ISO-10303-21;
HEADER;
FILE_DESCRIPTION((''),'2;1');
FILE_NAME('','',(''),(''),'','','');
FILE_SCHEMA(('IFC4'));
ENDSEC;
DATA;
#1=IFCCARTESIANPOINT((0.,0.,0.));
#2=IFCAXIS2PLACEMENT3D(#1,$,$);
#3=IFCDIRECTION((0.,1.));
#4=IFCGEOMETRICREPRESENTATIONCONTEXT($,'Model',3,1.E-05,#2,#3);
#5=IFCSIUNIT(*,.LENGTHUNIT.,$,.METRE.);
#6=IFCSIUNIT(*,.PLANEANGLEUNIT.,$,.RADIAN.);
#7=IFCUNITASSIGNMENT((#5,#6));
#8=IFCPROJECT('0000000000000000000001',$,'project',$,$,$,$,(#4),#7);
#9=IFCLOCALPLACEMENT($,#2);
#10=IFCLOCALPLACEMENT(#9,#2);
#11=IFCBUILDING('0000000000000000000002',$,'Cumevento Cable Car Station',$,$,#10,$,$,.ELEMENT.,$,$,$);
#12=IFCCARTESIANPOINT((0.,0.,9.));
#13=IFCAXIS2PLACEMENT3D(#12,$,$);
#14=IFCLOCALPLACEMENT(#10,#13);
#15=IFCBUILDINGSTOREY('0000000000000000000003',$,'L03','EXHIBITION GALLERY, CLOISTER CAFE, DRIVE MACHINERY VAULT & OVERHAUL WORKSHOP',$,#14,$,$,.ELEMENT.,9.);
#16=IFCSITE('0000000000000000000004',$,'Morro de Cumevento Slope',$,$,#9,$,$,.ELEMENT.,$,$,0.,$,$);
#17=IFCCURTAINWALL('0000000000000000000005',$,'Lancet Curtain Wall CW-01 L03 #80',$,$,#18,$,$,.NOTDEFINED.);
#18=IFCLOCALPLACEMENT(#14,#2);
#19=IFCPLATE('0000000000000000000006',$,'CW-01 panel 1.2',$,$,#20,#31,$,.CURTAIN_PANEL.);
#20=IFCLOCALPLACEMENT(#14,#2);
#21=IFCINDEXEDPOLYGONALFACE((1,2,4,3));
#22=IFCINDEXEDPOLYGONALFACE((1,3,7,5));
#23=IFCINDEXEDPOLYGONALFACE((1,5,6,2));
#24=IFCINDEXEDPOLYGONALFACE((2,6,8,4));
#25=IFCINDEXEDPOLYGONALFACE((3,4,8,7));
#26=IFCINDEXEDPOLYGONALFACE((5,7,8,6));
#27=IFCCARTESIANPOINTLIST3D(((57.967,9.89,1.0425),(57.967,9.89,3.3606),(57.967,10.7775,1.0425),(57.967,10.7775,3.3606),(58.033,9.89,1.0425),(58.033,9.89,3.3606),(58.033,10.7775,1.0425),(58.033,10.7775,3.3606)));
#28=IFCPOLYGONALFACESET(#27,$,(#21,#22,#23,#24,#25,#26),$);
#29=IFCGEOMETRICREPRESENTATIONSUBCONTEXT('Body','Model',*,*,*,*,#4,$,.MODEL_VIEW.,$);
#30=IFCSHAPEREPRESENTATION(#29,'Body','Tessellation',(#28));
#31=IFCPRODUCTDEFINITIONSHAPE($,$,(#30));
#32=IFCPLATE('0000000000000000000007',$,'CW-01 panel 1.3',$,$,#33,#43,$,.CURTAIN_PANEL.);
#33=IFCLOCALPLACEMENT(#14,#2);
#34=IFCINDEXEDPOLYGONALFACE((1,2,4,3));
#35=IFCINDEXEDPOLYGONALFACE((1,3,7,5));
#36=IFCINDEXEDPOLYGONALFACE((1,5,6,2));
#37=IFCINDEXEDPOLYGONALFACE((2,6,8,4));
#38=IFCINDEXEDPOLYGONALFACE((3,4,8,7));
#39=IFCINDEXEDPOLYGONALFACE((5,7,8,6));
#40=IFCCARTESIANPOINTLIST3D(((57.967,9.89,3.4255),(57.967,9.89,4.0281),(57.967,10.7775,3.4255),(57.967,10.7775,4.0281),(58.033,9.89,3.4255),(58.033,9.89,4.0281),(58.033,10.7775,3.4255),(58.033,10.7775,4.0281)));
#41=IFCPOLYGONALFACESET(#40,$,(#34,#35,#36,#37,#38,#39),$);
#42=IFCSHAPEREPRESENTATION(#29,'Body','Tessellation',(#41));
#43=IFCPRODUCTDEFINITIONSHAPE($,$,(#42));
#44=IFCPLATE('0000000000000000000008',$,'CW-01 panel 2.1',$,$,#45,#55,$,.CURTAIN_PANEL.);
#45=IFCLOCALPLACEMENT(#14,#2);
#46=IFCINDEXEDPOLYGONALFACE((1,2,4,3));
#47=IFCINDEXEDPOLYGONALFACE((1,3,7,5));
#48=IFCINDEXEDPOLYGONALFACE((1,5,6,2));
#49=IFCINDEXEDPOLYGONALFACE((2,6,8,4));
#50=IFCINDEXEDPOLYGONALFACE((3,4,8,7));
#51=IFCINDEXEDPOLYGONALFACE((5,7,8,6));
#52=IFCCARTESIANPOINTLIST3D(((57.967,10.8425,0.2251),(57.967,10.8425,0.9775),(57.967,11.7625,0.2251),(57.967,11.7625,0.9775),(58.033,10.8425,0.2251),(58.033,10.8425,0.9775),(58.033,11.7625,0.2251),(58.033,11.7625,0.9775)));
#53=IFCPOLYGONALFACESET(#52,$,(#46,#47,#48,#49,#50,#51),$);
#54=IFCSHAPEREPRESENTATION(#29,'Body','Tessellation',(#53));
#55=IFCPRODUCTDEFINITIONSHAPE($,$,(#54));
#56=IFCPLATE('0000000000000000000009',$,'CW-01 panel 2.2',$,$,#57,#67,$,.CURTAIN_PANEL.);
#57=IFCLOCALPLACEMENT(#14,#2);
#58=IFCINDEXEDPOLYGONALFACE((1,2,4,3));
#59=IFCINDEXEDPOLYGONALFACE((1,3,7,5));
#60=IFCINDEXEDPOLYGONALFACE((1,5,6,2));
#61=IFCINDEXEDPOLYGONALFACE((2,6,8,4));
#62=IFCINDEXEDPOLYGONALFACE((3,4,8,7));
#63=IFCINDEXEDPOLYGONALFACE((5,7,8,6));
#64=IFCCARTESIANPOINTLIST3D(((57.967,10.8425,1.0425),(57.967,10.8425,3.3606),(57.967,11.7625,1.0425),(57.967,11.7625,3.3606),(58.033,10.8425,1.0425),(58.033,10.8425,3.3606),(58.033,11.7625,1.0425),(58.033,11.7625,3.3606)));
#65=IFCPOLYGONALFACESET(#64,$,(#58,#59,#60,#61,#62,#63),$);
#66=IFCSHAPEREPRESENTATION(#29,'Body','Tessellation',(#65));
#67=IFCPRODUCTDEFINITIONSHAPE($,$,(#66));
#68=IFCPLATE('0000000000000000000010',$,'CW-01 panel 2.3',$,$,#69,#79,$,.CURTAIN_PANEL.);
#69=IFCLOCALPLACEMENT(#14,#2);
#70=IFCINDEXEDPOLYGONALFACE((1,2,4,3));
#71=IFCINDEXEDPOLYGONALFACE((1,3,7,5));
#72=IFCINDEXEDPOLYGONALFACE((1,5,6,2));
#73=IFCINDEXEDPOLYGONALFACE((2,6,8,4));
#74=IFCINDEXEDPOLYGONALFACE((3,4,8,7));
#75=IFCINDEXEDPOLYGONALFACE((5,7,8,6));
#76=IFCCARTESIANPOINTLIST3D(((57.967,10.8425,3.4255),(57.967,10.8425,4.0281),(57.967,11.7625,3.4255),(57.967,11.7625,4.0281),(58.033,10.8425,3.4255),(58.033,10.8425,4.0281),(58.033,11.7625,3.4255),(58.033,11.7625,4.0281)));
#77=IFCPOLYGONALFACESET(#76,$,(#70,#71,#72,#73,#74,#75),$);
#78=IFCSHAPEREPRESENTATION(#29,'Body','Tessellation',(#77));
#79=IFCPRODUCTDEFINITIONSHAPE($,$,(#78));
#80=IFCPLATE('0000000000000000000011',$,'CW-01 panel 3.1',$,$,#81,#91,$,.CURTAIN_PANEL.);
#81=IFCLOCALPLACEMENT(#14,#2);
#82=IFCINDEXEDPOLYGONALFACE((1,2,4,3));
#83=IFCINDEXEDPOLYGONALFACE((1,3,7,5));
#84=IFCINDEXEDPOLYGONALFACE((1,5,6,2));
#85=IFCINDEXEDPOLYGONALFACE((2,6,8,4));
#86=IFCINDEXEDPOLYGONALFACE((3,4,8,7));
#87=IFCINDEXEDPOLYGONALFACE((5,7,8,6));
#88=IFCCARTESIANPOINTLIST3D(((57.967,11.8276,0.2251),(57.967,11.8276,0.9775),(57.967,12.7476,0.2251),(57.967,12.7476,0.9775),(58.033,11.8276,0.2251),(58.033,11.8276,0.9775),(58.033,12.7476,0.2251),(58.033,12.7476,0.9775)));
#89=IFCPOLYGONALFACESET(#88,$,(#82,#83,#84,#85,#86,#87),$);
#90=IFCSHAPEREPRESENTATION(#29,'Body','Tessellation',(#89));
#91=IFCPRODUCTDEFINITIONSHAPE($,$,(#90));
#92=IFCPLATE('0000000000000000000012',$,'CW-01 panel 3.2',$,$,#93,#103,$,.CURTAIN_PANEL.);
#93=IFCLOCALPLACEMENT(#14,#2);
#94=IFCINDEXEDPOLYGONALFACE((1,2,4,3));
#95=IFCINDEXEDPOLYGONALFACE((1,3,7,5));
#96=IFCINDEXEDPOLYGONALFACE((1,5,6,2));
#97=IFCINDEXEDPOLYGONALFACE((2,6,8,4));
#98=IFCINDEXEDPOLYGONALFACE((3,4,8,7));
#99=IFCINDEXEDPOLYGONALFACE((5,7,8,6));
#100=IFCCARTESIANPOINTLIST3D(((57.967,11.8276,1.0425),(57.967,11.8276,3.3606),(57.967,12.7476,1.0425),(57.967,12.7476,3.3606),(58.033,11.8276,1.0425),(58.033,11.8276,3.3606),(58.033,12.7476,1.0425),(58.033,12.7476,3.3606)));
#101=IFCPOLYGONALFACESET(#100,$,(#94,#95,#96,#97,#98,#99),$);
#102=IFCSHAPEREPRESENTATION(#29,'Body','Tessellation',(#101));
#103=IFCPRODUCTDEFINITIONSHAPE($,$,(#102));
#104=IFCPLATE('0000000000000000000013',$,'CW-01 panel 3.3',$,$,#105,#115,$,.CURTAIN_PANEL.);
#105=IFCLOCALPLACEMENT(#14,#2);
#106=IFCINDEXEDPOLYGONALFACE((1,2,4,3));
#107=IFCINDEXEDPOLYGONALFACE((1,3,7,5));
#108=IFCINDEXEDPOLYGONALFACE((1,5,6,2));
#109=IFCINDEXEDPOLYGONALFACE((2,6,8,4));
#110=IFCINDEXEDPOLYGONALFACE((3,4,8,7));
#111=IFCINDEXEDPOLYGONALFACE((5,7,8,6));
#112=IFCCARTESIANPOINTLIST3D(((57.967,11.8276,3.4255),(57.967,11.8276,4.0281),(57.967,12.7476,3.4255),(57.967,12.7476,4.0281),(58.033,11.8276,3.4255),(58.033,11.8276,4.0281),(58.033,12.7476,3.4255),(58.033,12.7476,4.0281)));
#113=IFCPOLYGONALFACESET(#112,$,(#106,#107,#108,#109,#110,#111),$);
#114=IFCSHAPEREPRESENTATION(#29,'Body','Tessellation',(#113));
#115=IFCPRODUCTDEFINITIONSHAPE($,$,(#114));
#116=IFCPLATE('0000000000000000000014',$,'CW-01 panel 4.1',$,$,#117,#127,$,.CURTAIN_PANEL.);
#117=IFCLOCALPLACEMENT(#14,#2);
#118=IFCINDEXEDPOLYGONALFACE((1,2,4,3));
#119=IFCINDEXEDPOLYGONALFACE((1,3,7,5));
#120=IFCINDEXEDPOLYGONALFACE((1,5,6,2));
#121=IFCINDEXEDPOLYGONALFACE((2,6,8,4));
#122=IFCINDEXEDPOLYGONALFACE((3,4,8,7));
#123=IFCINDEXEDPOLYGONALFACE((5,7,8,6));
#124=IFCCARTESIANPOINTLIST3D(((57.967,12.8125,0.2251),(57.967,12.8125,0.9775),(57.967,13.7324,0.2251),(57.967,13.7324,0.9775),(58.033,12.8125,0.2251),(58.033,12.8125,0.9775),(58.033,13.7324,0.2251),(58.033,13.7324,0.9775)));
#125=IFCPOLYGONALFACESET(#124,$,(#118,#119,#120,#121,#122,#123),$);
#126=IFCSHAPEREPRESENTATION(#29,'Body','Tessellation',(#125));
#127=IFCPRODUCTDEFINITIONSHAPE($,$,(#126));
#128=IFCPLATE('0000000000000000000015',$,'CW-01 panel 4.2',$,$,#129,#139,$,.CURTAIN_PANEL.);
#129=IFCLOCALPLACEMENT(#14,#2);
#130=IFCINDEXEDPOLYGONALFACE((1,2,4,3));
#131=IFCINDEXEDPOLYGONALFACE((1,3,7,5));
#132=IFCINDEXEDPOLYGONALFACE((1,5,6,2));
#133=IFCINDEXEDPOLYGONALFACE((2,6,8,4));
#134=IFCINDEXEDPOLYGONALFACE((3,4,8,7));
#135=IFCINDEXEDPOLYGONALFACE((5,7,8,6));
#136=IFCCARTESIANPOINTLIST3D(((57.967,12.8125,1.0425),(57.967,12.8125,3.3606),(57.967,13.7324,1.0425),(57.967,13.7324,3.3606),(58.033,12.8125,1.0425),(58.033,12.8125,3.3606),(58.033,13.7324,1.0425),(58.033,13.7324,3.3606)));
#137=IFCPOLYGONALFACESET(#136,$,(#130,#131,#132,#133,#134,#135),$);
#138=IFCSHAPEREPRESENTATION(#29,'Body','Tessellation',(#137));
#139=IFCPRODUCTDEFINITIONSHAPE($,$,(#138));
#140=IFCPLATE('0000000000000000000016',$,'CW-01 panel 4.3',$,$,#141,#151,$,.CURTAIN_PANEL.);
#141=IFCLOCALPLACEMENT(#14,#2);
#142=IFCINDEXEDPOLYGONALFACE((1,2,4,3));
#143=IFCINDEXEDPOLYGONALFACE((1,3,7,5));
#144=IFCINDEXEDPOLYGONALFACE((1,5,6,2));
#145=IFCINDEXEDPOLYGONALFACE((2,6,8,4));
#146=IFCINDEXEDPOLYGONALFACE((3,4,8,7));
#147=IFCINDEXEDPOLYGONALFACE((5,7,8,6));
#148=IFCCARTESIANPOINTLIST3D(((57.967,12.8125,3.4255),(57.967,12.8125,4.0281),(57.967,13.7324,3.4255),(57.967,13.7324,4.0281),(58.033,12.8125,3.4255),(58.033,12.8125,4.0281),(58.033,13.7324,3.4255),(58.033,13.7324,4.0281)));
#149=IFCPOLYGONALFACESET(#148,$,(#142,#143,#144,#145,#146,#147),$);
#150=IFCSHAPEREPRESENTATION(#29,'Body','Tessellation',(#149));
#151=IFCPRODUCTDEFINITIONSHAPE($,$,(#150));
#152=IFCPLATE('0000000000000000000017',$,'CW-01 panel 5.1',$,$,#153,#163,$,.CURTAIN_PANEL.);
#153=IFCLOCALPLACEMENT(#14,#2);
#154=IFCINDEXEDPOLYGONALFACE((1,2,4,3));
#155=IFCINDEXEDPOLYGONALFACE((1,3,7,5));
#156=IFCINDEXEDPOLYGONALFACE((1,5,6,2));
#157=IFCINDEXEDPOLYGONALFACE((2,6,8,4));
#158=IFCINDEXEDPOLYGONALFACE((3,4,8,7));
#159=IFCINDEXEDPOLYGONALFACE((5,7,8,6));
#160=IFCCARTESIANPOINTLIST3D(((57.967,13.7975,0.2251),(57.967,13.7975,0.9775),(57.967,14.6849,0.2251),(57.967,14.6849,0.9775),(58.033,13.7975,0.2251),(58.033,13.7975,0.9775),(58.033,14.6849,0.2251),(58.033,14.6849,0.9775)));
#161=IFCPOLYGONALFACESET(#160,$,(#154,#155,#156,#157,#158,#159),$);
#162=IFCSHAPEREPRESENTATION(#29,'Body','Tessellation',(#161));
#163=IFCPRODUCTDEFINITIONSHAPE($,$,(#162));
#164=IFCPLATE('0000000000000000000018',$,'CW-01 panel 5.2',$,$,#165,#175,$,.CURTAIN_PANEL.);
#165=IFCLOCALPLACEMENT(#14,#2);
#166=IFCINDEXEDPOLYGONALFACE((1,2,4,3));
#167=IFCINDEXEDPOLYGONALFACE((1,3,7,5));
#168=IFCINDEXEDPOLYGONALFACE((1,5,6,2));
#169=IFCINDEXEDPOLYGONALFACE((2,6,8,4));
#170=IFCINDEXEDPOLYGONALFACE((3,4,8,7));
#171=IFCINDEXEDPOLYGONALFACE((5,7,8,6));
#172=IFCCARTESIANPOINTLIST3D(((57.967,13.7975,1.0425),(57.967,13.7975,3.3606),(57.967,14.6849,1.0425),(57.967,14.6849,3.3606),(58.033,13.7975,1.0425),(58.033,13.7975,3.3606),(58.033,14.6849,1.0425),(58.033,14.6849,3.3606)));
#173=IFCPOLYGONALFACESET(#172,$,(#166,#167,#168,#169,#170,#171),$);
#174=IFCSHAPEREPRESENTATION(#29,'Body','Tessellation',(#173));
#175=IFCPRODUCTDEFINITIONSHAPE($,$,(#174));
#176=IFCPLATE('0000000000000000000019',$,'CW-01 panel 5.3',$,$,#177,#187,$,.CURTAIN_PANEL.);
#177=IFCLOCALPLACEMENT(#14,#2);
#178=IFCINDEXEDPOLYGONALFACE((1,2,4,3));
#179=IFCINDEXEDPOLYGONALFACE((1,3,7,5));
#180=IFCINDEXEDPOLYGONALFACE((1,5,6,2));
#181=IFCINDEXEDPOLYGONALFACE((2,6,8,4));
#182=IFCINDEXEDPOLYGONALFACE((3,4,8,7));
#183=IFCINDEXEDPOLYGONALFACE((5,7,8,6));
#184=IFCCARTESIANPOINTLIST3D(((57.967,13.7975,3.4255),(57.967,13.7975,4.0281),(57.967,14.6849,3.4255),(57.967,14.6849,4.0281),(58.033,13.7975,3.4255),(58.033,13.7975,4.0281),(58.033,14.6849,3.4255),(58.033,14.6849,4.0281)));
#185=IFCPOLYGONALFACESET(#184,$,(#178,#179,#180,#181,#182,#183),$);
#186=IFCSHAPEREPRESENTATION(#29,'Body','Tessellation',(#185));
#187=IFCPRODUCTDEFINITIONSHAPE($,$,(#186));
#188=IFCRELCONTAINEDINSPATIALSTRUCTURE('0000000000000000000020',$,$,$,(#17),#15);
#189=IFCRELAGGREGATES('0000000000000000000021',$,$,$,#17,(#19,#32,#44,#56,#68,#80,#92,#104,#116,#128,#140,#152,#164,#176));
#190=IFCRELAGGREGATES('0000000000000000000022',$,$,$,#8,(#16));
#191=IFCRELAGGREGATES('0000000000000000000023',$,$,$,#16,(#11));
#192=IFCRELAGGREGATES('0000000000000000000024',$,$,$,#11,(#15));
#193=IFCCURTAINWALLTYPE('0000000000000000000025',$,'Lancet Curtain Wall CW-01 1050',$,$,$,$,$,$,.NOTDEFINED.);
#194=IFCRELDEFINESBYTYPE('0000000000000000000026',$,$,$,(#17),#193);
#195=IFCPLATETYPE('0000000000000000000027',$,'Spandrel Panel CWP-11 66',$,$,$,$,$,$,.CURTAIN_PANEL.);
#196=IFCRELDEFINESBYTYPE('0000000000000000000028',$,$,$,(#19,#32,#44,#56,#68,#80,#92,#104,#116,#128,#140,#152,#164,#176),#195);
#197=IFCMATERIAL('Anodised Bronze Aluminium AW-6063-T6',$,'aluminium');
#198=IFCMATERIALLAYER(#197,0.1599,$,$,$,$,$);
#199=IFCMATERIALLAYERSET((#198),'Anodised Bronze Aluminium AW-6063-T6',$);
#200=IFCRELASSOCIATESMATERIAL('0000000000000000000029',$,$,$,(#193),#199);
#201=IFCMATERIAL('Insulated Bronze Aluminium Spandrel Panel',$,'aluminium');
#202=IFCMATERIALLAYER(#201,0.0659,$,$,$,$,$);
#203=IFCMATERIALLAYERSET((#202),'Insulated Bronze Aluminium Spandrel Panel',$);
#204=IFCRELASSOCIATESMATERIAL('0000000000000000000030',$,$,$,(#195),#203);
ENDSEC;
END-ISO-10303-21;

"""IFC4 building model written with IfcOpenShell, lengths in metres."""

from ifc_helpers import new_model, si_unit, direction, frame, origin, origin_2d, place, context, subcontext, project, spatial, rectangle, extrude, material, layer, layer_set, type_object, element, aggregate, save


model = new_model("IFC4")

# Units and contexts
model_context = context("Model", 3, precision=1e-05, world=origin(), true_north=direction((0.0, 1.0)))
body_context = subcontext(model_context, "Body", "Model", "MODEL_VIEW")
ifc_project = project(units=[si_unit("LENGTHUNIT", "METRE"), si_unit("PLANEANGLEUNIT", "RADIAN")], contexts=[model_context])

# Site, building, storey
site_placement = place(None, origin())
site = spatial("IfcSite", under=ifc_project, at=site_placement, Name="Morro de Cumevento Slope", CompositionType="ELEMENT", RefElevation=0.0)
building_placement = place(site_placement, origin())
building = spatial("IfcBuilding", under=site, at=building_placement, Name="Cumevento Cable Car Station", CompositionType="ELEMENT")
storey_placement = place(building_placement, frame((0.0, 0.0, 9.0)))
storey = spatial("IfcBuildingStorey", under=building, at=storey_placement, Name="L03", Description="EXHIBITION GALLERY, CLOISTER CAFE, DRIVE MACHINERY VAULT & OVERHAUL WORKSHOP", CompositionType="ELEMENT", Elevation=9.0)

# Curtain wall, plates
ifc_material_1 = material(Name="Anodised Bronze Aluminium AW-6063-T6", Category="aluminium")
ifc_layer_1 = layer(ifc_material_1, 0.1599)
ifc_layer_set_1 = layer_set([ifc_layer_1], Name="Anodised Bronze Aluminium AW-6063-T6")
curtain_wall_type = type_object("IfcCurtainWallType", Name="Lancet Curtain Wall CW-01 1050", PredefinedType="NOTDEFINED", material=ifc_layer_set_1)
curtain_wall_placement = place(storey_placement, origin())
curtain_wall = element("IfcCurtainWall", 1, at=curtain_wall_placement, inside=storey, type_object=curtain_wall_type, Name="Lancet Curtain Wall CW-01 L03 #80", PredefinedType="NOTDEFINED")
ifc_material_2 = material(Name="Insulated Bronze Aluminium Spandrel Panel", Category="aluminium")
ifc_layer_2 = layer(ifc_material_2, 0.0659)
ifc_layer_set_2 = layer_set([ifc_layer_2], Name="Insulated Bronze Aluminium Spandrel Panel")
plate_type = type_object("IfcPlateType", Name="Spandrel Panel CWP-11 66", PredefinedType="CURTAIN_PANEL", material=ifc_layer_set_2)
plate_1_placement = place(storey_placement, frame((58.0, 10.3337, 1.0425), z_axis=(0.0, 0.0, 1.0), x_axis=(0.0, 1.0, 0.0)))
plate_1 = element("IfcPlate", 2, at=plate_1_placement, type_object=plate_type, Name="CW-01 panel 1.2", PredefinedType="CURTAIN_PANEL", context=body_context, shape_type="SweptSolid", body=[
    extrude(rectangle(XDim=0.8875, YDim=0.0659, at=origin_2d()), origin(), (0.0, 0.0, 1.0), 2.3181),
])
plate_2_placement = place(storey_placement, frame((58.0, 10.3337, 3.4255), z_axis=(0.0, 0.0, 1.0), x_axis=(0.0, 1.0, 0.0)))
plate_2 = element("IfcPlate", 3, at=plate_2_placement, type_object=plate_type, Name="CW-01 panel 1.3", PredefinedType="CURTAIN_PANEL", context=body_context, shape_type="SweptSolid", body=[
    extrude(rectangle(XDim=0.8875, YDim=0.0659, at=origin_2d()), origin(), (0.0, 0.0, 1.0), 0.6025),
])
plate_3_placement = place(storey_placement, frame((58.0, 11.3025, 0.2251), z_axis=(0.0, 0.0, 1.0), x_axis=(0.0, 1.0, 0.0)))
plate_3 = element("IfcPlate", 4, at=plate_3_placement, type_object=plate_type, Name="CW-01 panel 2.1", PredefinedType="CURTAIN_PANEL", context=body_context, shape_type="SweptSolid", body=[
    extrude(rectangle(XDim=0.9199, YDim=0.0659, at=origin_2d()), origin(), (0.0, 0.0, 1.0), 0.7524),
])
plate_4_placement = place(storey_placement, frame((58.0, 11.3025, 1.0425), z_axis=(0.0, 0.0, 1.0), x_axis=(0.0, 1.0, 0.0)))
plate_4 = element("IfcPlate", 5, at=plate_4_placement, type_object=plate_type, Name="CW-01 panel 2.2", PredefinedType="CURTAIN_PANEL", context=body_context, shape_type="SweptSolid", body=[
    extrude(rectangle(XDim=0.9199, YDim=0.0659, at=origin_2d()), origin(), (0.0, 0.0, 1.0), 2.3181),
])
plate_5_placement = place(storey_placement, frame((58.0, 11.3025, 3.4255), z_axis=(0.0, 0.0, 1.0), x_axis=(0.0, 1.0, 0.0)))
plate_5 = element("IfcPlate", 6, at=plate_5_placement, type_object=plate_type, Name="CW-01 panel 2.3", PredefinedType="CURTAIN_PANEL", context=body_context, shape_type="SweptSolid", body=[
    extrude(rectangle(XDim=0.9199, YDim=0.0659, at=origin_2d()), origin(), (0.0, 0.0, 1.0), 0.6025),
])
plate_6_placement = place(storey_placement, frame((58.0, 12.2876, 0.2251), z_axis=(0.0, 0.0, 1.0), x_axis=(0.0, 1.0, 0.0)))
plate_6 = element("IfcPlate", 7, at=plate_6_placement, type_object=plate_type, Name="CW-01 panel 3.1", PredefinedType="CURTAIN_PANEL", context=body_context, shape_type="SweptSolid", body=[
    extrude(rectangle(XDim=0.9199, YDim=0.0659, at=origin_2d()), origin(), (0.0, 0.0, 1.0), 0.7524),
])
plate_7_placement = place(storey_placement, frame((58.0, 12.2876, 1.0425), z_axis=(0.0, 0.0, 1.0), x_axis=(0.0, 1.0, 0.0)))
plate_7 = element("IfcPlate", 8, at=plate_7_placement, type_object=plate_type, Name="CW-01 panel 3.2", PredefinedType="CURTAIN_PANEL", context=body_context, shape_type="SweptSolid", body=[
    extrude(rectangle(XDim=0.9199, YDim=0.0659, at=origin_2d()), origin(), (0.0, 0.0, 1.0), 2.3181),
])
plate_8_placement = place(storey_placement, frame((58.0, 12.2876, 3.4255), z_axis=(0.0, 0.0, 1.0), x_axis=(0.0, 1.0, 0.0)))
plate_8 = element("IfcPlate", 9, at=plate_8_placement, type_object=plate_type, Name="CW-01 panel 3.3", PredefinedType="CURTAIN_PANEL", context=body_context, shape_type="SweptSolid", body=[
    extrude(rectangle(XDim=0.9199, YDim=0.0659, at=origin_2d()), origin(), (0.0, 0.0, 1.0), 0.6025),
])
plate_9_placement = place(storey_placement, frame((58.0, 13.2725, 0.2251), z_axis=(0.0, 0.0, 1.0), x_axis=(0.0, 1.0, 0.0)))
plate_9 = element("IfcPlate", 10, at=plate_9_placement, type_object=plate_type, Name="CW-01 panel 4.1", PredefinedType="CURTAIN_PANEL", context=body_context, shape_type="SweptSolid", body=[
    extrude(rectangle(XDim=0.9199, YDim=0.0659, at=origin_2d()), origin(), (0.0, 0.0, 1.0), 0.7524),
])
plate_10_placement = place(storey_placement, frame((58.0, 13.2725, 1.0425), z_axis=(0.0, 0.0, 1.0), x_axis=(0.0, 1.0, 0.0)))
plate_10 = element("IfcPlate", 11, at=plate_10_placement, type_object=plate_type, Name="CW-01 panel 4.2", PredefinedType="CURTAIN_PANEL", context=body_context, shape_type="SweptSolid", body=[
    extrude(rectangle(XDim=0.9199, YDim=0.0659, at=origin_2d()), origin(), (0.0, 0.0, 1.0), 2.3181),
])
plate_11_placement = place(storey_placement, frame((58.0, 13.2725, 3.4255), z_axis=(0.0, 0.0, 1.0), x_axis=(0.0, 1.0, 0.0)))
plate_11 = element("IfcPlate", 12, at=plate_11_placement, type_object=plate_type, Name="CW-01 panel 4.3", PredefinedType="CURTAIN_PANEL", context=body_context, shape_type="SweptSolid", body=[
    extrude(rectangle(XDim=0.9199, YDim=0.0659, at=origin_2d()), origin(), (0.0, 0.0, 1.0), 0.6025),
])
plate_12_placement = place(storey_placement, frame((58.0, 14.2412, 0.2251), z_axis=(0.0, 0.0, 1.0), x_axis=(0.0, 1.0, 0.0)))
plate_12 = element("IfcPlate", 13, at=plate_12_placement, type_object=plate_type, Name="CW-01 panel 5.1", PredefinedType="CURTAIN_PANEL", context=body_context, shape_type="SweptSolid", body=[
    extrude(rectangle(XDim=0.8875, YDim=0.0659, at=origin_2d()), origin(), (0.0, 0.0, 1.0), 0.7524),
])
plate_13_placement = place(storey_placement, frame((58.0, 14.2412, 1.0425), z_axis=(0.0, 0.0, 1.0), x_axis=(0.0, 1.0, 0.0)))
plate_13 = element("IfcPlate", 14, at=plate_13_placement, type_object=plate_type, Name="CW-01 panel 5.2", PredefinedType="CURTAIN_PANEL", context=body_context, shape_type="SweptSolid", body=[
    extrude(rectangle(XDim=0.8875, YDim=0.0659, at=origin_2d()), origin(), (0.0, 0.0, 1.0), 2.3181),
])
plate_14_placement = place(storey_placement, frame((58.0, 14.2412, 3.4255), z_axis=(0.0, 0.0, 1.0), x_axis=(0.0, 1.0, 0.0)))
plate_14 = element("IfcPlate", 15, at=plate_14_placement, type_object=plate_type, Name="CW-01 panel 5.3", PredefinedType="CURTAIN_PANEL", context=body_context, shape_type="SweptSolid", body=[
    extrude(rectangle(XDim=0.8875, YDim=0.0659, at=origin_2d()), origin(), (0.0, 0.0, 1.0), 0.6025),
])
aggregate(curtain_wall, [plate_1, plate_2, plate_3, plate_4, plate_5, plate_6, plate_7, plate_8, plate_9, plate_10, plate_11, plate_12, plate_13, plate_14])

save(model, "model.ifc")
